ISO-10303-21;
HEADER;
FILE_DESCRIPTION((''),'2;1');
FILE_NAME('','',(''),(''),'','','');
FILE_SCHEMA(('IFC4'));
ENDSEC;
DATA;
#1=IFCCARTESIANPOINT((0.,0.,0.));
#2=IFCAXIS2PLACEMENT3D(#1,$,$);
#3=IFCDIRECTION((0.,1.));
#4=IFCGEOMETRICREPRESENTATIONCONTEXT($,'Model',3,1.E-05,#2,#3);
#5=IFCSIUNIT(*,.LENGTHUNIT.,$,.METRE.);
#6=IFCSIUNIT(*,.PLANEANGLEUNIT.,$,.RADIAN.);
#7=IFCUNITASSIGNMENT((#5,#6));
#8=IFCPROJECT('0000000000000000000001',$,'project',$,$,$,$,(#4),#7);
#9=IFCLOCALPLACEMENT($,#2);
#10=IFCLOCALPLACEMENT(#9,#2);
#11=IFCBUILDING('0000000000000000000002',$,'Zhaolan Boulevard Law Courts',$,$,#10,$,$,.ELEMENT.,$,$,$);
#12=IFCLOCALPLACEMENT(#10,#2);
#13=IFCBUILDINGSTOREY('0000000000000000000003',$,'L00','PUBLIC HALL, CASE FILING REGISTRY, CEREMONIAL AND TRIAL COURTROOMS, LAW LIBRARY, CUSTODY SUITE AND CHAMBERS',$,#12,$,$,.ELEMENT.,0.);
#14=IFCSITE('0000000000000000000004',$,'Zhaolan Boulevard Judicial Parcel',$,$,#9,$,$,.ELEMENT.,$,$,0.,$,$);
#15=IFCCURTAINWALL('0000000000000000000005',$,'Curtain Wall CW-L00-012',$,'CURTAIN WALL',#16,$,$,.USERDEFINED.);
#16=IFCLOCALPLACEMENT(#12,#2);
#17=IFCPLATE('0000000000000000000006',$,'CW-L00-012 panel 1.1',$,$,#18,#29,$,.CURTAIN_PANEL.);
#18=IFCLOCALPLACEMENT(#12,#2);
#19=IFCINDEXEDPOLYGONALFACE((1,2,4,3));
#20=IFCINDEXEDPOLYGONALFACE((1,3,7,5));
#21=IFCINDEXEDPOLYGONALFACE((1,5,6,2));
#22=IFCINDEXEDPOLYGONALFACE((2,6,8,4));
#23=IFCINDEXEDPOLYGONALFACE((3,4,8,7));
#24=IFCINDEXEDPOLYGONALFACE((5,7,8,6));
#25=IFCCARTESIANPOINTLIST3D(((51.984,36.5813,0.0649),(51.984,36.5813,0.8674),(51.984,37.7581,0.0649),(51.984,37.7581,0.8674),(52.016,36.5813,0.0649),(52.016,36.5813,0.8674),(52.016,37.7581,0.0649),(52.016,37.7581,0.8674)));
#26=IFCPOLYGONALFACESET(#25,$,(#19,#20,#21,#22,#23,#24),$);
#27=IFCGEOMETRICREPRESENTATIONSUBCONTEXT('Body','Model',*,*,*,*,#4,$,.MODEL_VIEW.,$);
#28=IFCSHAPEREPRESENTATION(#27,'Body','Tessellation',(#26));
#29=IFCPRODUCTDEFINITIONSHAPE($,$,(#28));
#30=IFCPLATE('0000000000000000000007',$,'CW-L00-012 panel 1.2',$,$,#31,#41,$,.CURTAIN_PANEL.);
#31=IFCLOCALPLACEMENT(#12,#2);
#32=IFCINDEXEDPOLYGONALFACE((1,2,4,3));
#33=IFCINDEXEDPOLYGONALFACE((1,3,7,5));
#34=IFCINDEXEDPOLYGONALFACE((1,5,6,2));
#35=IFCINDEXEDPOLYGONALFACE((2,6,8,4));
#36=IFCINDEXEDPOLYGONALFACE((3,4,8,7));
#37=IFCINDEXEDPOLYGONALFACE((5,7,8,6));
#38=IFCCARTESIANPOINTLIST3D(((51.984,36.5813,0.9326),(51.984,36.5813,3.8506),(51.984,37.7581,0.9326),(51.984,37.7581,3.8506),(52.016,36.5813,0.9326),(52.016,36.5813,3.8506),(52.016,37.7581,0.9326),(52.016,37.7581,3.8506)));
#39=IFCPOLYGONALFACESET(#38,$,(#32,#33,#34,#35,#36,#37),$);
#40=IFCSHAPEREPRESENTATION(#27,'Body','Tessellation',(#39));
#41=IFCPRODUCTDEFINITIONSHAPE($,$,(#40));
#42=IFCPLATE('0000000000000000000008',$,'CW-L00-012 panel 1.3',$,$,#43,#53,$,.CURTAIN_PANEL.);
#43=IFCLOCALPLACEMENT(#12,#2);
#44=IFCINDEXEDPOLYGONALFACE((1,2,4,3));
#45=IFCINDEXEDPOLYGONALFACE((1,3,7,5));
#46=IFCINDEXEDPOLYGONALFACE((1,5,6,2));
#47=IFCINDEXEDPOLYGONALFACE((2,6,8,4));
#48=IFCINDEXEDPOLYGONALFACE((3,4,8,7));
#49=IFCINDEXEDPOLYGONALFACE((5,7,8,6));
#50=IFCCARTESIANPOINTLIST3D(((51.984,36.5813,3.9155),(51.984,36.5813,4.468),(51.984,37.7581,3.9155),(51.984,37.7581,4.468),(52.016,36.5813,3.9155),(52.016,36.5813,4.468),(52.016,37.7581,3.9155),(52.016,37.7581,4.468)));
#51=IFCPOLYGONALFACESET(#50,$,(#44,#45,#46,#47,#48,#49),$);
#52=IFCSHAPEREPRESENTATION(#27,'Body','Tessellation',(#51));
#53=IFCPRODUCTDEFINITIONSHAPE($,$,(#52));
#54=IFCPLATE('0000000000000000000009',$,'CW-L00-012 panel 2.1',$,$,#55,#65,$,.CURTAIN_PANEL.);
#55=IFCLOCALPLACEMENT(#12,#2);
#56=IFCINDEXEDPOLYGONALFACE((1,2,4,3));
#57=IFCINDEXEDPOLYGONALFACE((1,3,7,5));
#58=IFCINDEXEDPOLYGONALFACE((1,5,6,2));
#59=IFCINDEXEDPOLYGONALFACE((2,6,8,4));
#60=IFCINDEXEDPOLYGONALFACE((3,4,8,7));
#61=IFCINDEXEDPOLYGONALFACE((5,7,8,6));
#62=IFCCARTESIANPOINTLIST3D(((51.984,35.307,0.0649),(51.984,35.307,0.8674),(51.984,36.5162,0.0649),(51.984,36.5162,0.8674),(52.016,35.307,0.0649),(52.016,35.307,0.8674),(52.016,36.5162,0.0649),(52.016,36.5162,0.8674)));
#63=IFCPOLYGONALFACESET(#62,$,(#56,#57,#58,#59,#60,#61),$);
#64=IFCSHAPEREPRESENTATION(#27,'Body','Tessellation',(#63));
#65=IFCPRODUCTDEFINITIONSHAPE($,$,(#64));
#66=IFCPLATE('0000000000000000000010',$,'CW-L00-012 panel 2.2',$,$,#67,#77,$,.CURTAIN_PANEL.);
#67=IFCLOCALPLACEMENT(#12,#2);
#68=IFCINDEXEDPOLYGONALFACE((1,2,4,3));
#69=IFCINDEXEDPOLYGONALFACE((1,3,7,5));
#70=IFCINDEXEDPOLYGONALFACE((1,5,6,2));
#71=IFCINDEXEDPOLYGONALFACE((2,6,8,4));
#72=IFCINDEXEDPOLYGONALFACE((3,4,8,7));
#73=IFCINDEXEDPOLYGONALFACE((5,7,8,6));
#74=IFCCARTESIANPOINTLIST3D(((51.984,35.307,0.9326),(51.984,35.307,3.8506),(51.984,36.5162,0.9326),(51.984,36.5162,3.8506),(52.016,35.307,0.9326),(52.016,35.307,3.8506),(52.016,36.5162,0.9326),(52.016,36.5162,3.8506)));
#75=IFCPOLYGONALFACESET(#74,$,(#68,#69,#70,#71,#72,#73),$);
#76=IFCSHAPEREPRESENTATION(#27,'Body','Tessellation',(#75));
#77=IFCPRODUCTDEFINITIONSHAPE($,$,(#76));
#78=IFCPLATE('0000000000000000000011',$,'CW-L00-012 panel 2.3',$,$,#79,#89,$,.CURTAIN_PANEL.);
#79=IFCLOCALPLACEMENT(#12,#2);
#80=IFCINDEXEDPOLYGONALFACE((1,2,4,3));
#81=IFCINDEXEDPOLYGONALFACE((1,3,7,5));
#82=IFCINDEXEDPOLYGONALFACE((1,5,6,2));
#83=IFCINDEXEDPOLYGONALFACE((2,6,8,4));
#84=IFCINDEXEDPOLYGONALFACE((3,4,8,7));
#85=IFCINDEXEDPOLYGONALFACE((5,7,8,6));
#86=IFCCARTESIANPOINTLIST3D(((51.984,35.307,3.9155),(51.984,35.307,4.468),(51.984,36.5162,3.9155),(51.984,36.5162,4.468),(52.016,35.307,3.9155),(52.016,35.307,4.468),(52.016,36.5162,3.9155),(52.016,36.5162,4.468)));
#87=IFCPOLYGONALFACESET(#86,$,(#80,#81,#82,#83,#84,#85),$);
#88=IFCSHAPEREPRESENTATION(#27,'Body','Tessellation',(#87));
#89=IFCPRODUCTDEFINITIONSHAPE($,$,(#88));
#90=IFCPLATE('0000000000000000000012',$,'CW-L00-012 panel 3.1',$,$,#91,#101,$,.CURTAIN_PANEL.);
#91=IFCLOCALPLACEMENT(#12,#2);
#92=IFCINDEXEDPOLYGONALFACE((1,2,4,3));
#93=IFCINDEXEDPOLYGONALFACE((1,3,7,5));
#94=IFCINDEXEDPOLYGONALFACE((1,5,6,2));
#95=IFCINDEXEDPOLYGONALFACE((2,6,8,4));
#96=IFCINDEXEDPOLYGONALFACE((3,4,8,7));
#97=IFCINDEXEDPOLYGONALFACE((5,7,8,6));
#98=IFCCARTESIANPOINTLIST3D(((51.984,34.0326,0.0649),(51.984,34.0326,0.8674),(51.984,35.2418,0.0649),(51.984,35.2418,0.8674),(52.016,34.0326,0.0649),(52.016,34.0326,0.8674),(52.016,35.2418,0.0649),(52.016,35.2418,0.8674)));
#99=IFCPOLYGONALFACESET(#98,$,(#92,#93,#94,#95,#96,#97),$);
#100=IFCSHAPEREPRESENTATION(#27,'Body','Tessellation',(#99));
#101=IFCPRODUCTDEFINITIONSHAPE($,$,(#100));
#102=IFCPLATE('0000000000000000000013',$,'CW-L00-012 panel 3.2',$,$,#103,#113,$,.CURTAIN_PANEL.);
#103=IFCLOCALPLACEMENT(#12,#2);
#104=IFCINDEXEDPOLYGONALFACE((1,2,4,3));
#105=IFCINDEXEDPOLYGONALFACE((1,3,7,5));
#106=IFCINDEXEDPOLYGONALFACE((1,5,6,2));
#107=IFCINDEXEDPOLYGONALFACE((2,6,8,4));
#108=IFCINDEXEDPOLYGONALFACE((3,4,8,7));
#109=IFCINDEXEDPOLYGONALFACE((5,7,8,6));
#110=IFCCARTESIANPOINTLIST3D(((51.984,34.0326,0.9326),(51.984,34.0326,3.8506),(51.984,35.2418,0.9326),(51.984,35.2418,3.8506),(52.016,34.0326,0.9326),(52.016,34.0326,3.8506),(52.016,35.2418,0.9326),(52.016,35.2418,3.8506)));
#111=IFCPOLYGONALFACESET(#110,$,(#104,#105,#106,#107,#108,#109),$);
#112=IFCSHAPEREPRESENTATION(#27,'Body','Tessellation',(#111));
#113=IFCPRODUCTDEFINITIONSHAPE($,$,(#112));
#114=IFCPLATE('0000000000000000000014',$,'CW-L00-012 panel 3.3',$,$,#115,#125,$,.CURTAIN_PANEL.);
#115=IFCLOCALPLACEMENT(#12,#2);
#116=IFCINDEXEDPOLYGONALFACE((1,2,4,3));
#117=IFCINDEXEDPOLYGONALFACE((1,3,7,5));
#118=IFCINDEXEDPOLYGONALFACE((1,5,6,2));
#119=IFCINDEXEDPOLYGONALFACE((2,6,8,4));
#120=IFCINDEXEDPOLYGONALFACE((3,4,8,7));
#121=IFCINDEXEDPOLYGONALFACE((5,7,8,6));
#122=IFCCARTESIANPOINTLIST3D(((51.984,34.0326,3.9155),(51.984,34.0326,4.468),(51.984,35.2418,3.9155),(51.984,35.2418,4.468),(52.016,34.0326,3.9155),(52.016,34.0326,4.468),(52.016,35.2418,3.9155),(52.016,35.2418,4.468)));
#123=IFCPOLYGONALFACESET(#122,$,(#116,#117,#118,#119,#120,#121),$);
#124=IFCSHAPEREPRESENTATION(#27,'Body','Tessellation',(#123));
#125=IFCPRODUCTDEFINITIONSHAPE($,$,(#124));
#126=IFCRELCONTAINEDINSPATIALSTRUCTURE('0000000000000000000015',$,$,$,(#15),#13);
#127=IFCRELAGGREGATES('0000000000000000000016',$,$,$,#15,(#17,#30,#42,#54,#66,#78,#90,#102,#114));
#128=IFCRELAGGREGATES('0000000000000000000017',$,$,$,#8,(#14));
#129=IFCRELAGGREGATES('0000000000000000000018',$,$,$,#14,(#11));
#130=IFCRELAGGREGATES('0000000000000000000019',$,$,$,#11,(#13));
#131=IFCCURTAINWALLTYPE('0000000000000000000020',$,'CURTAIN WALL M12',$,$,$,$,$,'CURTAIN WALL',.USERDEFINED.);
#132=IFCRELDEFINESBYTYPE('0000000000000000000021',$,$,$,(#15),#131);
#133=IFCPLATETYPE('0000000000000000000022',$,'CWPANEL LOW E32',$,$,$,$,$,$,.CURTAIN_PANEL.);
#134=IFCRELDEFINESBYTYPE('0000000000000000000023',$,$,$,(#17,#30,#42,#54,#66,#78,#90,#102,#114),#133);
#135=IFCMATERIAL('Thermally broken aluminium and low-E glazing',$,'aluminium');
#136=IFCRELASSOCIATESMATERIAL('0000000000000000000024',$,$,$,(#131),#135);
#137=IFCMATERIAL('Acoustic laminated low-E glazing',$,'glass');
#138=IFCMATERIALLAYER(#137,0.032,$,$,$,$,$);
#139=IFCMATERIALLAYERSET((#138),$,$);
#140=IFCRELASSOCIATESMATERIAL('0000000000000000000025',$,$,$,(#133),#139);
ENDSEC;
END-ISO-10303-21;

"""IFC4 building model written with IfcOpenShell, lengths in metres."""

from ifc_helpers import new_model, si_unit, direction, frame, origin, origin_2d, place, context, subcontext, project, spatial, rectangle, extrude, material, layer, layer_set, type_object, element, aggregate, save


model = new_model("IFC4")

# Units and contexts
model_context = context("Model", 3, precision=1e-05, world=origin(), true_north=direction((0.0, 1.0)))
body_context = subcontext(model_context, "Body", "Model", "MODEL_VIEW")
ifc_project = project(units=[si_unit("LENGTHUNIT", "METRE"), si_unit("PLANEANGLEUNIT", "RADIAN")], contexts=[model_context])

# Site, building, storey
site_placement = place(None, origin())
site = spatial("IfcSite", under=ifc_project, at=site_placement, Name="Zhaolan Boulevard Judicial Parcel", CompositionType="ELEMENT", RefElevation=0.0)
building_placement = place(site_placement, origin())
building = spatial("IfcBuilding", under=site, at=building_placement, Name="Zhaolan Boulevard Law Courts", CompositionType="ELEMENT")
storey_placement = place(building_placement, origin())
storey = spatial("IfcBuildingStorey", under=building, at=storey_placement, Name="L00", Description="PUBLIC HALL, CASE FILING REGISTRY, CEREMONIAL AND TRIAL COURTROOMS, LAW LIBRARY, CUSTODY SUITE AND CHAMBERS", CompositionType="ELEMENT", Elevation=0.0)

# Curtain wall, plates
ifc_material_1 = material(Name="Thermally broken aluminium and low-E glazing", Category="aluminium")
curtain_wall_type = type_object("IfcCurtainWallType", Name="CURTAIN WALL M12", ElementType="CURTAIN WALL", PredefinedType="USERDEFINED", material=ifc_material_1)
curtain_wall_placement = place(storey_placement, origin())
curtain_wall = element("IfcCurtainWall", 1, at=curtain_wall_placement, inside=storey, type_object=curtain_wall_type, Name="Curtain Wall CW-L00-012", ObjectType="CURTAIN WALL", PredefinedType="USERDEFINED")
ifc_material_2 = material(Name="Acoustic laminated low-E glazing", Category="glass")
ifc_layer = layer(ifc_material_2, 0.032)
ifc_layer_set = layer_set([ifc_layer])
plate_type = type_object("IfcPlateType", Name="CWPANEL LOW E32", PredefinedType="CURTAIN_PANEL", material=ifc_layer_set)
plate_1_placement = place(storey_placement, frame((52.0, 37.1697, 0.0649), z_axis=(0.0, 0.0, 1.0), x_axis=(0.0, -1.0, 0.0)))
plate_1 = element("IfcPlate", 2, at=plate_1_placement, type_object=plate_type, Name="CW-L00-012 panel 1.1", PredefinedType="CURTAIN_PANEL", context=body_context, shape_type="SweptSolid", body=[
    extrude(rectangle(XDim=1.1768, YDim=0.032, at=origin_2d()), origin(), (0.0, 0.0, 1.0), 0.8025),
])
plate_2_placement = place(storey_placement, frame((52.0, 37.1697, 0.9326), z_axis=(0.0, 0.0, 1.0), x_axis=(0.0, -1.0, 0.0)))
plate_2 = element("IfcPlate", 3, at=plate_2_placement, type_object=plate_type, Name="CW-L00-012 panel 1.2", PredefinedType="CURTAIN_PANEL", context=body_context, shape_type="SweptSolid", body=[
    extrude(rectangle(XDim=1.1768, YDim=0.032, at=origin_2d()), origin(), (0.0, 0.0, 1.0), 2.918),
])
plate_3_placement = place(storey_placement, frame((52.0, 37.1697, 3.9155), z_axis=(0.0, 0.0, 1.0), x_axis=(0.0, -1.0, 0.0)))
plate_3 = element("IfcPlate", 4, at=plate_3_placement, type_object=plate_type, Name="CW-L00-012 panel 1.3", PredefinedType="CURTAIN_PANEL", context=body_context, shape_type="SweptSolid", body=[
    extrude(rectangle(XDim=1.1768, YDim=0.032, at=origin_2d()), origin(), (0.0, 0.0, 1.0), 0.5525),
])
plate_4_placement = place(storey_placement, frame((52.0, 35.9116, 0.0649), z_axis=(0.0, 0.0, 1.0), x_axis=(0.0, -1.0, 0.0)))
plate_4 = element("IfcPlate", 5, at=plate_4_placement, type_object=plate_type, Name="CW-L00-012 panel 2.1", PredefinedType="CURTAIN_PANEL", context=body_context, shape_type="SweptSolid", body=[
    extrude(rectangle(XDim=1.2092, YDim=0.032, at=origin_2d()), origin(), (0.0, 0.0, 1.0), 0.8025),
])
plate_5_placement = place(storey_placement, frame((52.0, 35.9116, 0.9326), z_axis=(0.0, 0.0, 1.0), x_axis=(0.0, -1.0, 0.0)))
plate_5 = element("IfcPlate", 6, at=plate_5_placement, type_object=plate_type, Name="CW-L00-012 panel 2.2", PredefinedType="CURTAIN_PANEL", context=body_context, shape_type="SweptSolid", body=[
    extrude(rectangle(XDim=1.2092, YDim=0.032, at=origin_2d()), origin(), (0.0, 0.0, 1.0), 2.918),
])
plate_6_placement = place(storey_placement, frame((52.0, 35.9116, 3.9155), z_axis=(0.0, 0.0, 1.0), x_axis=(0.0, -1.0, 0.0)))
plate_6 = element("IfcPlate", 7, at=plate_6_placement, type_object=plate_type, Name="CW-L00-012 panel 2.3", PredefinedType="CURTAIN_PANEL", context=body_context, shape_type="SweptSolid", body=[
    extrude(rectangle(XDim=1.2092, YDim=0.032, at=origin_2d()), origin(), (0.0, 0.0, 1.0), 0.5525),
])
plate_7_placement = place(storey_placement, frame((52.0, 34.6372, 0.0649), z_axis=(0.0, 0.0, 1.0), x_axis=(0.0, -1.0, 0.0)))
plate_7 = element("IfcPlate", 8, at=plate_7_placement, type_object=plate_type, Name="CW-L00-012 panel 3.1", PredefinedType="CURTAIN_PANEL", context=body_context, shape_type="SweptSolid", body=[
    extrude(rectangle(XDim=1.2092, YDim=0.032, at=origin_2d()), origin(), (0.0, 0.0, 1.0), 0.8025),
])
plate_8_placement = place(storey_placement, frame((52.0, 34.6372, 0.9326), z_axis=(0.0, 0.0, 1.0), x_axis=(0.0, -1.0, 0.0)))
plate_8 = element("IfcPlate", 9, at=plate_8_placement, type_object=plate_type, Name="CW-L00-012 panel 3.2", PredefinedType="CURTAIN_PANEL", context=body_context, shape_type="SweptSolid", body=[
    extrude(rectangle(XDim=1.2092, YDim=0.032, at=origin_2d()), origin(), (0.0, 0.0, 1.0), 2.918),
])
plate_9_placement = place(storey_placement, frame((52.0, 34.6372, 3.9155), z_axis=(0.0, 0.0, 1.0), x_axis=(0.0, -1.0, 0.0)))
plate_9 = element("IfcPlate", 10, at=plate_9_placement, type_object=plate_type, Name="CW-L00-012 panel 3.3", PredefinedType="CURTAIN_PANEL", context=body_context, shape_type="SweptSolid", body=[
    extrude(rectangle(XDim=1.2092, YDim=0.032, at=origin_2d()), origin(), (0.0, 0.0, 1.0), 0.5525),
])
aggregate(curtain_wall, [plate_1, plate_2, plate_3, plate_4, plate_5, plate_6, plate_7, plate_8, plate_9])

save(model, "model.ifc")
